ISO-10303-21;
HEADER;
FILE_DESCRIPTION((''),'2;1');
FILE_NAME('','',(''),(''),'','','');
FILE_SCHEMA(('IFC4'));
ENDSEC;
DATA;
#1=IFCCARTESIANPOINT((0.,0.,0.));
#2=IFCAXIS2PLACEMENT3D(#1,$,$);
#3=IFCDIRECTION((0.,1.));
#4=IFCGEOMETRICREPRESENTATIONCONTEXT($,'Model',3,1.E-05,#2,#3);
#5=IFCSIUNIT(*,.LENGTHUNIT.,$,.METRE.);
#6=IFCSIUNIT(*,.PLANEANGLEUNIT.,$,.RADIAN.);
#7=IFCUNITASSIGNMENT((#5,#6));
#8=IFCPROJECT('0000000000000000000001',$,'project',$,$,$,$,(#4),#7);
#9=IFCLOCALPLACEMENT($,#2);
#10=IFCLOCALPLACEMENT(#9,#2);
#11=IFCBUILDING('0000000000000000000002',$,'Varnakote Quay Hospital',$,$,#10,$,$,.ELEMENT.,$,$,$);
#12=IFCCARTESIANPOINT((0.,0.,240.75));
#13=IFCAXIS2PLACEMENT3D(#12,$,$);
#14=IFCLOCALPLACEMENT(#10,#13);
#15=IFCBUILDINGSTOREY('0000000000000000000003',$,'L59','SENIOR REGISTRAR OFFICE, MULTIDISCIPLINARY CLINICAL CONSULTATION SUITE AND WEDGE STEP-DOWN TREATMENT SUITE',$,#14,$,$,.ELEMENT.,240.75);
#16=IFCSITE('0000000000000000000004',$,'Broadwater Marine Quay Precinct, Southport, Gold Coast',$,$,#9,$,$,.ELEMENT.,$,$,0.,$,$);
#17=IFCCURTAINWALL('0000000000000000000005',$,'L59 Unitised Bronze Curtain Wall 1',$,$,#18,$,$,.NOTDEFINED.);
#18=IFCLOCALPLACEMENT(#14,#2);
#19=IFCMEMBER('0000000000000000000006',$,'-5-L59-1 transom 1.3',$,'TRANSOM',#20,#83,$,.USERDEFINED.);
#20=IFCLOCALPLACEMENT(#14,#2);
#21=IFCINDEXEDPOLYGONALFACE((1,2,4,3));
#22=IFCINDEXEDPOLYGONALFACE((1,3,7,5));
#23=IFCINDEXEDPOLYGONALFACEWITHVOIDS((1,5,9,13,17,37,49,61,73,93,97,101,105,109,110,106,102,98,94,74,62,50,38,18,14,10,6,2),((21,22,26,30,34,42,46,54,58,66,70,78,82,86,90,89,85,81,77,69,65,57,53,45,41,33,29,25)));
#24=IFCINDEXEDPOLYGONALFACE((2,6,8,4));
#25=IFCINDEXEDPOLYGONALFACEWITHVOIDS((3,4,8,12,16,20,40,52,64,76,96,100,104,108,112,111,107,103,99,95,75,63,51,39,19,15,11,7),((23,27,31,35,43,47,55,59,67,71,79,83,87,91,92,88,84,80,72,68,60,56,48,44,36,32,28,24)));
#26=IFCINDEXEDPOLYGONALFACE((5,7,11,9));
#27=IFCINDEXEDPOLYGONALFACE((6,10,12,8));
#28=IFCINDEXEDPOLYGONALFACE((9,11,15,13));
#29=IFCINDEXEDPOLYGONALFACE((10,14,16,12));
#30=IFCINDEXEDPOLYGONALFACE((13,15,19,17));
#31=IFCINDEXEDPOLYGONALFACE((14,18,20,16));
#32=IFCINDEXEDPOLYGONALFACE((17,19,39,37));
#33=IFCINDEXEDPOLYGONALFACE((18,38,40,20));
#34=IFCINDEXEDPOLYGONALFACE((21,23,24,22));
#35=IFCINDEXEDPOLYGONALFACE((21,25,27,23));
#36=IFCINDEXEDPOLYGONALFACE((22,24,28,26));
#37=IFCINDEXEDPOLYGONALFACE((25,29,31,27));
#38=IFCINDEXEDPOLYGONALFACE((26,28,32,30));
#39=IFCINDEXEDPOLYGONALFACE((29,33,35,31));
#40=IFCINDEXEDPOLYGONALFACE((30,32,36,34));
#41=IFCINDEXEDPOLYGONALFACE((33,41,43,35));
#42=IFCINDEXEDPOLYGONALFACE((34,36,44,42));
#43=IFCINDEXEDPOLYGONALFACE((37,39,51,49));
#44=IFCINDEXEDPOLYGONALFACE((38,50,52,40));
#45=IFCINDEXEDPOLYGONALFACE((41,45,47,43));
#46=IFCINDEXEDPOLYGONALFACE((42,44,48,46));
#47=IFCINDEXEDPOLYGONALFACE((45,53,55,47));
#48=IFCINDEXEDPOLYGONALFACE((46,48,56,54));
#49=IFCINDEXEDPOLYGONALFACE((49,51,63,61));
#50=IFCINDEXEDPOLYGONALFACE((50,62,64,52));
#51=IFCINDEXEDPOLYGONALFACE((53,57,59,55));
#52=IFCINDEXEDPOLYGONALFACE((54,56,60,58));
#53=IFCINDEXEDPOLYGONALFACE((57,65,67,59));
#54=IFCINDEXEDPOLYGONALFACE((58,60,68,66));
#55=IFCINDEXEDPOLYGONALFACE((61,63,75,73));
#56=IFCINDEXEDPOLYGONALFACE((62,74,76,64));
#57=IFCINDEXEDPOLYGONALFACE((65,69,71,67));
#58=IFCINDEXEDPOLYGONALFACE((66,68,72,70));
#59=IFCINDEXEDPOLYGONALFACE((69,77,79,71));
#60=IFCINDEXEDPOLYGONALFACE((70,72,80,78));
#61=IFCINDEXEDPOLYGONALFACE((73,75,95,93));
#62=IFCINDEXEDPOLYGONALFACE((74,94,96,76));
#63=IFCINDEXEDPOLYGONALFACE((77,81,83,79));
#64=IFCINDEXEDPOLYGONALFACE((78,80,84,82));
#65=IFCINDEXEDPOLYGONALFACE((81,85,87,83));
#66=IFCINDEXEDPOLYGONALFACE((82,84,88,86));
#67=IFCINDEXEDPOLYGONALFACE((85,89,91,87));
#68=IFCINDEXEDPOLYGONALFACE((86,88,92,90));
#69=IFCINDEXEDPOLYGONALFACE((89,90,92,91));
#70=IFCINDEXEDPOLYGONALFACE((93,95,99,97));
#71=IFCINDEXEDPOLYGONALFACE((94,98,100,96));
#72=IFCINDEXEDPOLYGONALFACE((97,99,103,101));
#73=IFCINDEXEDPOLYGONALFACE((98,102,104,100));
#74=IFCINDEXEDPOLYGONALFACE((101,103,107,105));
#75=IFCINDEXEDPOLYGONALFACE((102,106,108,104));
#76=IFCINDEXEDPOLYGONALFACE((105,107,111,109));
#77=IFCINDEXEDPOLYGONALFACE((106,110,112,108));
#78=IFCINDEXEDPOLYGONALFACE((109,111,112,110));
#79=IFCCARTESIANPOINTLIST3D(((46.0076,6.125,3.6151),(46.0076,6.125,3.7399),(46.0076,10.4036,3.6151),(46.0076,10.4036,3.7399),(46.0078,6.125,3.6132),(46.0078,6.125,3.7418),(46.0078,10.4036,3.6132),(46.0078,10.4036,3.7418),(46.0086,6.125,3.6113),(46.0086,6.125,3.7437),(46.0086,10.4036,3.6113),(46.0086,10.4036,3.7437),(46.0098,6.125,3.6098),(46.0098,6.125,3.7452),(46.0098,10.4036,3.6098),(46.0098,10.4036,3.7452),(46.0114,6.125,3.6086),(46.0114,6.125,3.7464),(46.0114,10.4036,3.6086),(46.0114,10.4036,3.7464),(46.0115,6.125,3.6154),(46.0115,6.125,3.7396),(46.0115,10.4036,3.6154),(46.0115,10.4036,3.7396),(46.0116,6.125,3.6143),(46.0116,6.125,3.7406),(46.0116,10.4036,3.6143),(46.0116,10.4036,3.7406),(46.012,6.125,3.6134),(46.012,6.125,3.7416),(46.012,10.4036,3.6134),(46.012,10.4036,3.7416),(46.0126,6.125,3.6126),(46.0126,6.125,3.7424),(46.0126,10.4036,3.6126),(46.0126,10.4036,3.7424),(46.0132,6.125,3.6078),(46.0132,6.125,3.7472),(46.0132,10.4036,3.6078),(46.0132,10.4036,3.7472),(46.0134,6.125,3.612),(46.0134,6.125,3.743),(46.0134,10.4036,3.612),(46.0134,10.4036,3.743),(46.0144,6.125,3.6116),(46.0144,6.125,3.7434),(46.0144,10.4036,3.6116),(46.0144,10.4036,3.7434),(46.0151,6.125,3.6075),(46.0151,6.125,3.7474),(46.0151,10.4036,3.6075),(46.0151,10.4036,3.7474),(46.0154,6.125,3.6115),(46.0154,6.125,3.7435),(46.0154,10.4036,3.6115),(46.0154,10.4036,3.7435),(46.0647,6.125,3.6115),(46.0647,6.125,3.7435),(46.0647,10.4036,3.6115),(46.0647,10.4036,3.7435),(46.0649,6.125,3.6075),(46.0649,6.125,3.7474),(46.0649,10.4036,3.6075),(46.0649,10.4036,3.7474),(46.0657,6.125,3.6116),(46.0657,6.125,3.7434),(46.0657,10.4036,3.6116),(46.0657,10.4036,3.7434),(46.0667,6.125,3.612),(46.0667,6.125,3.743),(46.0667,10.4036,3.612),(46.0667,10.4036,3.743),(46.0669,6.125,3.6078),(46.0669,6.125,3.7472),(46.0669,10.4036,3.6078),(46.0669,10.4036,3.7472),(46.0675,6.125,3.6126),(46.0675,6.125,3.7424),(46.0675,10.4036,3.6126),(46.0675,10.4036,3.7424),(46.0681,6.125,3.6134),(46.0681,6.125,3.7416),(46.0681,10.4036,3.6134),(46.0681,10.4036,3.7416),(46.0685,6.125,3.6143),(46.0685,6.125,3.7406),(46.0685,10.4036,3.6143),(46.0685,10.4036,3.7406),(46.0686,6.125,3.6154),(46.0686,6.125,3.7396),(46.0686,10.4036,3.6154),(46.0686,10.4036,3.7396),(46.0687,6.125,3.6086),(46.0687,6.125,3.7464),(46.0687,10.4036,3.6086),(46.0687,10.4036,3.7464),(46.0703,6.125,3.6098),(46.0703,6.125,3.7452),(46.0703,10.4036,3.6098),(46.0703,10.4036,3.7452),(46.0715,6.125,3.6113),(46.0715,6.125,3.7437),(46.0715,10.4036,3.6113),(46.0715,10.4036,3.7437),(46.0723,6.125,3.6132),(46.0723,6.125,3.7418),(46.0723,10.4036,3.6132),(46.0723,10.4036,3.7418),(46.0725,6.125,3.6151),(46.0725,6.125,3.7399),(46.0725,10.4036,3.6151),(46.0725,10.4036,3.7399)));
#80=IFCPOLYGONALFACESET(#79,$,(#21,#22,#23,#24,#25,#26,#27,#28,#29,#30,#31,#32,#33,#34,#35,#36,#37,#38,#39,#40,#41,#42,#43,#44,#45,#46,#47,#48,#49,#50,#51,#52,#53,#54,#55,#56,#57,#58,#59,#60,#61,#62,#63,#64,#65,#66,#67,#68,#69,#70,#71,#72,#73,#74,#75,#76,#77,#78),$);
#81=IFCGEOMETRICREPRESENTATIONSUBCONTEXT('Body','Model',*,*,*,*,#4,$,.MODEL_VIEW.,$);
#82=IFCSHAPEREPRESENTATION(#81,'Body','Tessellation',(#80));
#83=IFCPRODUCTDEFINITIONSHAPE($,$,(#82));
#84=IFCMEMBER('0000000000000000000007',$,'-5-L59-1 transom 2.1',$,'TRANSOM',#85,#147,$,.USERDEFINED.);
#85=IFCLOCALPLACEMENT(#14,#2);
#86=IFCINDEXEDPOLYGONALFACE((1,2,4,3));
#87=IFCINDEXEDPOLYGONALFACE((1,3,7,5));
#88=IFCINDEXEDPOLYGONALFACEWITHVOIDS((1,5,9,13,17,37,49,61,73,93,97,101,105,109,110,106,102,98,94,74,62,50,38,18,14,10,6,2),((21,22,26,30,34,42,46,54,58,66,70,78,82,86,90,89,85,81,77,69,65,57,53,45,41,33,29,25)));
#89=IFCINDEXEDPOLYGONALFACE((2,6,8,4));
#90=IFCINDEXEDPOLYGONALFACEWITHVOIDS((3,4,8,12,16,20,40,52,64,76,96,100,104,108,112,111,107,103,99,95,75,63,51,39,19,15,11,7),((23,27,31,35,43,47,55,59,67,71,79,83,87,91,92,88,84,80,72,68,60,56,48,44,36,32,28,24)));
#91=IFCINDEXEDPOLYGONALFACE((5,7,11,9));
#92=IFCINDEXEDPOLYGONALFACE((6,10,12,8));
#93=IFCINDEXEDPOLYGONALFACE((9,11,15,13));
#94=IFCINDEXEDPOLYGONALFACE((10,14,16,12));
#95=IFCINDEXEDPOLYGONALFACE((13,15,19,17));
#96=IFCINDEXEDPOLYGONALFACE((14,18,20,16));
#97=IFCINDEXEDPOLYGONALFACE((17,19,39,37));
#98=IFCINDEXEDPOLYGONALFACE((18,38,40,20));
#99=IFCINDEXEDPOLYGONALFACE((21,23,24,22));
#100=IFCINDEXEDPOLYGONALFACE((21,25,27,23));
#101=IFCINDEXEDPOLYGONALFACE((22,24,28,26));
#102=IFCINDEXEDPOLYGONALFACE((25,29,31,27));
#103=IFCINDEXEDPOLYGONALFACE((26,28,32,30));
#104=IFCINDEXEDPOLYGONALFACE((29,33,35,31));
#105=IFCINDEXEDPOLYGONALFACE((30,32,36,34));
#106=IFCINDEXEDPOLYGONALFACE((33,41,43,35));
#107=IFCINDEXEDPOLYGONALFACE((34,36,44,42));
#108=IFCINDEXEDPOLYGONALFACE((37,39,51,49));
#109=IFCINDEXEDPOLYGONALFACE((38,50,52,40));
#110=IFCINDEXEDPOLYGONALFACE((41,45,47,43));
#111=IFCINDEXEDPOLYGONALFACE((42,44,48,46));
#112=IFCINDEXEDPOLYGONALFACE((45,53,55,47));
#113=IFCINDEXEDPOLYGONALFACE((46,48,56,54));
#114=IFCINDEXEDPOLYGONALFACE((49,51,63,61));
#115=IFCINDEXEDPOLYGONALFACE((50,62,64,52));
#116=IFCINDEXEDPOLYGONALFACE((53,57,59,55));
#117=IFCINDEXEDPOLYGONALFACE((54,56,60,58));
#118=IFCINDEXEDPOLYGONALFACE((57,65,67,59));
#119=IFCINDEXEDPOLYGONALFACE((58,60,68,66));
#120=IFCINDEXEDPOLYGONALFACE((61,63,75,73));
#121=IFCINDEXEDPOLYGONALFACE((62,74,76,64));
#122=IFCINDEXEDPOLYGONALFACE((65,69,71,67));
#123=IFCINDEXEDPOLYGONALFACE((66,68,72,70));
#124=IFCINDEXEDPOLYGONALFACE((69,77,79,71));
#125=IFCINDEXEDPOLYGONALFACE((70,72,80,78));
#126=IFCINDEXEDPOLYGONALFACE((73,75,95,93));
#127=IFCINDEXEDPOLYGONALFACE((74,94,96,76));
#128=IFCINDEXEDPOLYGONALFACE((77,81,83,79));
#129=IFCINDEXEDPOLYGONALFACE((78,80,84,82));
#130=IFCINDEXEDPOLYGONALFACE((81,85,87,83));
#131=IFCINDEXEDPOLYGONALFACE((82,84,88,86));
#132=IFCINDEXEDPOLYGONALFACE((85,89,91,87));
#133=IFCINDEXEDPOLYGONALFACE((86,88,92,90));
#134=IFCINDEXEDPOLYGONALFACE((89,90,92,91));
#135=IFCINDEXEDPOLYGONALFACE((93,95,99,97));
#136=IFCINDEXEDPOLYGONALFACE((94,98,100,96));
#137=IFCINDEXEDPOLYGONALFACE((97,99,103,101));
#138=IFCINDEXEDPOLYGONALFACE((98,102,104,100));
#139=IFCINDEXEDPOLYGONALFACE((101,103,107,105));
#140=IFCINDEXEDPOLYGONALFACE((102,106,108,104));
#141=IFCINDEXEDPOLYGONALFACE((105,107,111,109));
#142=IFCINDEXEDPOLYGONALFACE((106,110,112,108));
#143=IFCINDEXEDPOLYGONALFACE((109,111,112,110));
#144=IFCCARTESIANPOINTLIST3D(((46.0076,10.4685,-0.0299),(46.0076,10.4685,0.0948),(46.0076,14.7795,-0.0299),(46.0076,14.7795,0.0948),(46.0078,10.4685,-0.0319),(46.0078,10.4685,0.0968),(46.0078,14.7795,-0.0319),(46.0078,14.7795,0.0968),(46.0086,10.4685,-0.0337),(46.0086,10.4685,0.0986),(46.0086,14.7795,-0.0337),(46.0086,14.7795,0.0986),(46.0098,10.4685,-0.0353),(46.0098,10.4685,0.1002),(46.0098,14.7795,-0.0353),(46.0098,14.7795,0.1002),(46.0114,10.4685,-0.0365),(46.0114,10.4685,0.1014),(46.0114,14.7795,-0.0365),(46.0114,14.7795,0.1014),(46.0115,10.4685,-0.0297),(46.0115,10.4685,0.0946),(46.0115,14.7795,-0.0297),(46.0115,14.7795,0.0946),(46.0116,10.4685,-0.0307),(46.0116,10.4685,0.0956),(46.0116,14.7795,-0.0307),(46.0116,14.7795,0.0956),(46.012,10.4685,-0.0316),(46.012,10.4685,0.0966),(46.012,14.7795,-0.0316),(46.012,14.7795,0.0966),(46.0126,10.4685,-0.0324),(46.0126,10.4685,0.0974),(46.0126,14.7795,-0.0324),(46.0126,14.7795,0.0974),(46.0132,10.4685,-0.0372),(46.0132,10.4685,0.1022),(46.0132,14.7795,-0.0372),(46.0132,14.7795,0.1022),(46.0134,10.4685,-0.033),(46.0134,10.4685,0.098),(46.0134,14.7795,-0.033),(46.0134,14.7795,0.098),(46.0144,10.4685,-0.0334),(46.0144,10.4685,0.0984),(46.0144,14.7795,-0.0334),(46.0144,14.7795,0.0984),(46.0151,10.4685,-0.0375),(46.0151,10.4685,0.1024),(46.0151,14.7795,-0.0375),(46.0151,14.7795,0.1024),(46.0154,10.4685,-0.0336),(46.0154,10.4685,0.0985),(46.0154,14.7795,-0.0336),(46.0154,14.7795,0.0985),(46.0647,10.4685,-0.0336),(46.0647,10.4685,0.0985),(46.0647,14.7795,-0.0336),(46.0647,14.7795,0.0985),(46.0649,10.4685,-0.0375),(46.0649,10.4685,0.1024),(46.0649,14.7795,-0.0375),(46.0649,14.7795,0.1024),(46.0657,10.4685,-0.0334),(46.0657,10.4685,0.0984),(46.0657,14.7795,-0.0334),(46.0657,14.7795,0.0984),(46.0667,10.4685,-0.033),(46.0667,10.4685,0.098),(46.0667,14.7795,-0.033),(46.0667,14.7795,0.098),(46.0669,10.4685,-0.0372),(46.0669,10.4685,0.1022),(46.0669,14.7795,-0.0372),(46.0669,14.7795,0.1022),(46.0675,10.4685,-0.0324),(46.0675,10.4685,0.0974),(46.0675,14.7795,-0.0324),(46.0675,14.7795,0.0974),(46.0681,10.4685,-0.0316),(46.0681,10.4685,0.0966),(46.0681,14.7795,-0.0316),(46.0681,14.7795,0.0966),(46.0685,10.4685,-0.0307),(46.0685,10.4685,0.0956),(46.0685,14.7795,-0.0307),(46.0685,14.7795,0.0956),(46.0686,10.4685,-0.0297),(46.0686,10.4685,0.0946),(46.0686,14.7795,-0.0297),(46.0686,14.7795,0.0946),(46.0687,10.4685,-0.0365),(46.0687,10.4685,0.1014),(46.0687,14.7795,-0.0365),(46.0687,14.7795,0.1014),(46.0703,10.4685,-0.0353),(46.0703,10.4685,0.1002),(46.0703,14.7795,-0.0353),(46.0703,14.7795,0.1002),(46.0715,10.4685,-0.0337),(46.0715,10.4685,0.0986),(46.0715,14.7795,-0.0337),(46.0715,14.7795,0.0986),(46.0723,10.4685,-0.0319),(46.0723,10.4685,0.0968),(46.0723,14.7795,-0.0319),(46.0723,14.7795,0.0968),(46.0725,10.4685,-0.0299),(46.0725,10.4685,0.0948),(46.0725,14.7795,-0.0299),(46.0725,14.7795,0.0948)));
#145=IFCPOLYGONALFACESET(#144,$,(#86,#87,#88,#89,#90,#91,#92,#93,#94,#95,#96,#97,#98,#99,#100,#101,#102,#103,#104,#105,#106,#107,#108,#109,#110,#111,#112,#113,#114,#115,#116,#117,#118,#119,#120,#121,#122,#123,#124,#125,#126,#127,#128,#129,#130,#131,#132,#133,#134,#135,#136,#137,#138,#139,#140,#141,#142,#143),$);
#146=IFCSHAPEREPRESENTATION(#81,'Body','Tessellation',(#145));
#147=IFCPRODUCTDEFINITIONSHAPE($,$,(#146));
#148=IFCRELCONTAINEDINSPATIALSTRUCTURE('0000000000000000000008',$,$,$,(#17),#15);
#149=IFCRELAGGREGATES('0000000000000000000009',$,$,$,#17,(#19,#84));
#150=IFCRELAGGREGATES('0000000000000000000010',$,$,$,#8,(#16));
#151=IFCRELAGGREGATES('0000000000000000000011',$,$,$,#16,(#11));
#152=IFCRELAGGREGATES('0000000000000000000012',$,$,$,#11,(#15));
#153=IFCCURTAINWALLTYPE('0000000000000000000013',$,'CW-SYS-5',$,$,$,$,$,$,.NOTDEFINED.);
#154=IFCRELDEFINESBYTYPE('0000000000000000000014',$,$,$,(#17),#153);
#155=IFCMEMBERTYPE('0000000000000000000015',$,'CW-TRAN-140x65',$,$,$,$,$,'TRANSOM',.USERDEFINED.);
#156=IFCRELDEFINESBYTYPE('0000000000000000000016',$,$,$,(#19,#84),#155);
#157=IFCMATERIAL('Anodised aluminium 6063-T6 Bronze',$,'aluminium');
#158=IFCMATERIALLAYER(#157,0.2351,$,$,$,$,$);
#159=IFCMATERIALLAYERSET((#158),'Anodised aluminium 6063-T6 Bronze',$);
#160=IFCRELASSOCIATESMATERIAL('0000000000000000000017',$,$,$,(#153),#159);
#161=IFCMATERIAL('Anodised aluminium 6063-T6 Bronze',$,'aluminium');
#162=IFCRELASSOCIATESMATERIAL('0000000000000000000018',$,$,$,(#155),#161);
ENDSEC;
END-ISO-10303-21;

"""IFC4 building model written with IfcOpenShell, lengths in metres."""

from ifc_helpers import new_model, si_unit, direction, frame, origin, origin_2d, place, context, subcontext, project, spatial, hollow_rectangle, extrude, material, layer, layer_set, material_profile, profile_set, type_object, element, aggregate, save


model = new_model("IFC4")

# Units and contexts
model_context = context("Model", 3, precision=1e-05, world=origin(), true_north=direction((0.0, 1.0)))
body_context = subcontext(model_context, "Body", "Model", "MODEL_VIEW")
ifc_project = project(units=[si_unit("LENGTHUNIT", "METRE"), si_unit("PLANEANGLEUNIT", "RADIAN")], contexts=[model_context])

# Site, building, storey
site_placement = place(None, origin())
site = spatial("IfcSite", under=ifc_project, at=site_placement, Name="Broadwater Marine Quay Precinct, Southport, Gold Coast", CompositionType="ELEMENT", RefElevation=0.0)
building_placement = place(site_placement, origin())
building = spatial("IfcBuilding", under=site, at=building_placement, Name="Varnakote Quay Hospital", CompositionType="ELEMENT")
storey_placement = place(building_placement, frame((0.0, 0.0, 240.75)))
storey = spatial("IfcBuildingStorey", under=building, at=storey_placement, Name="L59", Description="SENIOR REGISTRAR OFFICE, MULTIDISCIPLINARY CLINICAL CONSULTATION SUITE AND WEDGE STEP-DOWN TREATMENT SUITE", CompositionType="ELEMENT", Elevation=240.75)

# Curtain wall, members
ifc_material_1 = material(Name="Anodised aluminium 6063-T6 Bronze", Category="aluminium")
ifc_layer_1 = layer(ifc_material_1, 0.2351)
ifc_layer_set_1 = layer_set([ifc_layer_1], Name="Anodised aluminium 6063-T6 Bronze")
curtain_wall_type = type_object("IfcCurtainWallType", Name="CW-SYS-5", PredefinedType="NOTDEFINED", material=ifc_layer_set_1)
curtain_wall_placement = place(storey_placement, origin())
curtain_wall = element("IfcCurtainWall", 1, at=curtain_wall_placement, inside=storey, type_object=curtain_wall_type, Name="L59 Unitised Bronze Curtain Wall 1", PredefinedType="NOTDEFINED")
ifc_material_2 = material(Name="Anodised aluminium 6063-T6 Bronze", Category="aluminium")
ifc_material_profile_1 = material_profile(ifc_material_2, hollow_rectangle(XDim=0.0649, YDim=0.1399, WallThickness=0.0039, InnerFilletRadius=0.0039, OuterFilletRadius=0.0076, at=origin_2d()), Name="CW-TRAN-140x65")
ifc_profile_set_1 = profile_set([ifc_material_profile_1], Name="Anodised aluminium 6063-T6 Bronze")
member_type_1 = type_object("IfcMemberType", Name="CW-TRAN-140x65", ElementType="TRANSOM", PredefinedType="USERDEFINED", material=ifc_profile_set_1)
member_1_placement = place(storey_placement, frame((46.04, 6.125, 3.6775), z_axis=(0.0, 1.0, 0.0), x_axis=(-1.0, 0.0, 0.0)))
member_1 = element("IfcMember", 2, at=member_1_placement, type_object=member_type_1, Name="-5-L59-1 transom 1.3", ObjectType="TRANSOM", PredefinedType="USERDEFINED", context=body_context, shape_type="SweptSolid", body=[
    extrude(hollow_rectangle(XDim=0.0649, YDim=0.1399, WallThickness=0.0039, InnerFilletRadius=0.0039, OuterFilletRadius=0.0076, at=origin_2d()), origin(), (0.0, 0.0, 1.0), 4.2786),
])
member_2_placement = place(storey_placement, frame((46.04, 10.4685, 0.0325), z_axis=(0.0, 1.0, 0.0), x_axis=(-1.0, 0.0, 0.0)))
member_2 = element("IfcMember", 3, at=member_2_placement, type_object=member_type_1, Name="-5-L59-1 transom 2.1", ObjectType="TRANSOM", PredefinedType="USERDEFINED", context=body_context, shape_type="SweptSolid", body=[
    extrude(hollow_rectangle(XDim=0.0649, YDim=0.1399, WallThickness=0.0039, InnerFilletRadius=0.0039, OuterFilletRadius=0.0076, at=origin_2d()), origin(), (0.0, 0.0, 1.0), 4.311),
])
aggregate(curtain_wall, [member_1, member_2])

save(model, "model.ifc")
